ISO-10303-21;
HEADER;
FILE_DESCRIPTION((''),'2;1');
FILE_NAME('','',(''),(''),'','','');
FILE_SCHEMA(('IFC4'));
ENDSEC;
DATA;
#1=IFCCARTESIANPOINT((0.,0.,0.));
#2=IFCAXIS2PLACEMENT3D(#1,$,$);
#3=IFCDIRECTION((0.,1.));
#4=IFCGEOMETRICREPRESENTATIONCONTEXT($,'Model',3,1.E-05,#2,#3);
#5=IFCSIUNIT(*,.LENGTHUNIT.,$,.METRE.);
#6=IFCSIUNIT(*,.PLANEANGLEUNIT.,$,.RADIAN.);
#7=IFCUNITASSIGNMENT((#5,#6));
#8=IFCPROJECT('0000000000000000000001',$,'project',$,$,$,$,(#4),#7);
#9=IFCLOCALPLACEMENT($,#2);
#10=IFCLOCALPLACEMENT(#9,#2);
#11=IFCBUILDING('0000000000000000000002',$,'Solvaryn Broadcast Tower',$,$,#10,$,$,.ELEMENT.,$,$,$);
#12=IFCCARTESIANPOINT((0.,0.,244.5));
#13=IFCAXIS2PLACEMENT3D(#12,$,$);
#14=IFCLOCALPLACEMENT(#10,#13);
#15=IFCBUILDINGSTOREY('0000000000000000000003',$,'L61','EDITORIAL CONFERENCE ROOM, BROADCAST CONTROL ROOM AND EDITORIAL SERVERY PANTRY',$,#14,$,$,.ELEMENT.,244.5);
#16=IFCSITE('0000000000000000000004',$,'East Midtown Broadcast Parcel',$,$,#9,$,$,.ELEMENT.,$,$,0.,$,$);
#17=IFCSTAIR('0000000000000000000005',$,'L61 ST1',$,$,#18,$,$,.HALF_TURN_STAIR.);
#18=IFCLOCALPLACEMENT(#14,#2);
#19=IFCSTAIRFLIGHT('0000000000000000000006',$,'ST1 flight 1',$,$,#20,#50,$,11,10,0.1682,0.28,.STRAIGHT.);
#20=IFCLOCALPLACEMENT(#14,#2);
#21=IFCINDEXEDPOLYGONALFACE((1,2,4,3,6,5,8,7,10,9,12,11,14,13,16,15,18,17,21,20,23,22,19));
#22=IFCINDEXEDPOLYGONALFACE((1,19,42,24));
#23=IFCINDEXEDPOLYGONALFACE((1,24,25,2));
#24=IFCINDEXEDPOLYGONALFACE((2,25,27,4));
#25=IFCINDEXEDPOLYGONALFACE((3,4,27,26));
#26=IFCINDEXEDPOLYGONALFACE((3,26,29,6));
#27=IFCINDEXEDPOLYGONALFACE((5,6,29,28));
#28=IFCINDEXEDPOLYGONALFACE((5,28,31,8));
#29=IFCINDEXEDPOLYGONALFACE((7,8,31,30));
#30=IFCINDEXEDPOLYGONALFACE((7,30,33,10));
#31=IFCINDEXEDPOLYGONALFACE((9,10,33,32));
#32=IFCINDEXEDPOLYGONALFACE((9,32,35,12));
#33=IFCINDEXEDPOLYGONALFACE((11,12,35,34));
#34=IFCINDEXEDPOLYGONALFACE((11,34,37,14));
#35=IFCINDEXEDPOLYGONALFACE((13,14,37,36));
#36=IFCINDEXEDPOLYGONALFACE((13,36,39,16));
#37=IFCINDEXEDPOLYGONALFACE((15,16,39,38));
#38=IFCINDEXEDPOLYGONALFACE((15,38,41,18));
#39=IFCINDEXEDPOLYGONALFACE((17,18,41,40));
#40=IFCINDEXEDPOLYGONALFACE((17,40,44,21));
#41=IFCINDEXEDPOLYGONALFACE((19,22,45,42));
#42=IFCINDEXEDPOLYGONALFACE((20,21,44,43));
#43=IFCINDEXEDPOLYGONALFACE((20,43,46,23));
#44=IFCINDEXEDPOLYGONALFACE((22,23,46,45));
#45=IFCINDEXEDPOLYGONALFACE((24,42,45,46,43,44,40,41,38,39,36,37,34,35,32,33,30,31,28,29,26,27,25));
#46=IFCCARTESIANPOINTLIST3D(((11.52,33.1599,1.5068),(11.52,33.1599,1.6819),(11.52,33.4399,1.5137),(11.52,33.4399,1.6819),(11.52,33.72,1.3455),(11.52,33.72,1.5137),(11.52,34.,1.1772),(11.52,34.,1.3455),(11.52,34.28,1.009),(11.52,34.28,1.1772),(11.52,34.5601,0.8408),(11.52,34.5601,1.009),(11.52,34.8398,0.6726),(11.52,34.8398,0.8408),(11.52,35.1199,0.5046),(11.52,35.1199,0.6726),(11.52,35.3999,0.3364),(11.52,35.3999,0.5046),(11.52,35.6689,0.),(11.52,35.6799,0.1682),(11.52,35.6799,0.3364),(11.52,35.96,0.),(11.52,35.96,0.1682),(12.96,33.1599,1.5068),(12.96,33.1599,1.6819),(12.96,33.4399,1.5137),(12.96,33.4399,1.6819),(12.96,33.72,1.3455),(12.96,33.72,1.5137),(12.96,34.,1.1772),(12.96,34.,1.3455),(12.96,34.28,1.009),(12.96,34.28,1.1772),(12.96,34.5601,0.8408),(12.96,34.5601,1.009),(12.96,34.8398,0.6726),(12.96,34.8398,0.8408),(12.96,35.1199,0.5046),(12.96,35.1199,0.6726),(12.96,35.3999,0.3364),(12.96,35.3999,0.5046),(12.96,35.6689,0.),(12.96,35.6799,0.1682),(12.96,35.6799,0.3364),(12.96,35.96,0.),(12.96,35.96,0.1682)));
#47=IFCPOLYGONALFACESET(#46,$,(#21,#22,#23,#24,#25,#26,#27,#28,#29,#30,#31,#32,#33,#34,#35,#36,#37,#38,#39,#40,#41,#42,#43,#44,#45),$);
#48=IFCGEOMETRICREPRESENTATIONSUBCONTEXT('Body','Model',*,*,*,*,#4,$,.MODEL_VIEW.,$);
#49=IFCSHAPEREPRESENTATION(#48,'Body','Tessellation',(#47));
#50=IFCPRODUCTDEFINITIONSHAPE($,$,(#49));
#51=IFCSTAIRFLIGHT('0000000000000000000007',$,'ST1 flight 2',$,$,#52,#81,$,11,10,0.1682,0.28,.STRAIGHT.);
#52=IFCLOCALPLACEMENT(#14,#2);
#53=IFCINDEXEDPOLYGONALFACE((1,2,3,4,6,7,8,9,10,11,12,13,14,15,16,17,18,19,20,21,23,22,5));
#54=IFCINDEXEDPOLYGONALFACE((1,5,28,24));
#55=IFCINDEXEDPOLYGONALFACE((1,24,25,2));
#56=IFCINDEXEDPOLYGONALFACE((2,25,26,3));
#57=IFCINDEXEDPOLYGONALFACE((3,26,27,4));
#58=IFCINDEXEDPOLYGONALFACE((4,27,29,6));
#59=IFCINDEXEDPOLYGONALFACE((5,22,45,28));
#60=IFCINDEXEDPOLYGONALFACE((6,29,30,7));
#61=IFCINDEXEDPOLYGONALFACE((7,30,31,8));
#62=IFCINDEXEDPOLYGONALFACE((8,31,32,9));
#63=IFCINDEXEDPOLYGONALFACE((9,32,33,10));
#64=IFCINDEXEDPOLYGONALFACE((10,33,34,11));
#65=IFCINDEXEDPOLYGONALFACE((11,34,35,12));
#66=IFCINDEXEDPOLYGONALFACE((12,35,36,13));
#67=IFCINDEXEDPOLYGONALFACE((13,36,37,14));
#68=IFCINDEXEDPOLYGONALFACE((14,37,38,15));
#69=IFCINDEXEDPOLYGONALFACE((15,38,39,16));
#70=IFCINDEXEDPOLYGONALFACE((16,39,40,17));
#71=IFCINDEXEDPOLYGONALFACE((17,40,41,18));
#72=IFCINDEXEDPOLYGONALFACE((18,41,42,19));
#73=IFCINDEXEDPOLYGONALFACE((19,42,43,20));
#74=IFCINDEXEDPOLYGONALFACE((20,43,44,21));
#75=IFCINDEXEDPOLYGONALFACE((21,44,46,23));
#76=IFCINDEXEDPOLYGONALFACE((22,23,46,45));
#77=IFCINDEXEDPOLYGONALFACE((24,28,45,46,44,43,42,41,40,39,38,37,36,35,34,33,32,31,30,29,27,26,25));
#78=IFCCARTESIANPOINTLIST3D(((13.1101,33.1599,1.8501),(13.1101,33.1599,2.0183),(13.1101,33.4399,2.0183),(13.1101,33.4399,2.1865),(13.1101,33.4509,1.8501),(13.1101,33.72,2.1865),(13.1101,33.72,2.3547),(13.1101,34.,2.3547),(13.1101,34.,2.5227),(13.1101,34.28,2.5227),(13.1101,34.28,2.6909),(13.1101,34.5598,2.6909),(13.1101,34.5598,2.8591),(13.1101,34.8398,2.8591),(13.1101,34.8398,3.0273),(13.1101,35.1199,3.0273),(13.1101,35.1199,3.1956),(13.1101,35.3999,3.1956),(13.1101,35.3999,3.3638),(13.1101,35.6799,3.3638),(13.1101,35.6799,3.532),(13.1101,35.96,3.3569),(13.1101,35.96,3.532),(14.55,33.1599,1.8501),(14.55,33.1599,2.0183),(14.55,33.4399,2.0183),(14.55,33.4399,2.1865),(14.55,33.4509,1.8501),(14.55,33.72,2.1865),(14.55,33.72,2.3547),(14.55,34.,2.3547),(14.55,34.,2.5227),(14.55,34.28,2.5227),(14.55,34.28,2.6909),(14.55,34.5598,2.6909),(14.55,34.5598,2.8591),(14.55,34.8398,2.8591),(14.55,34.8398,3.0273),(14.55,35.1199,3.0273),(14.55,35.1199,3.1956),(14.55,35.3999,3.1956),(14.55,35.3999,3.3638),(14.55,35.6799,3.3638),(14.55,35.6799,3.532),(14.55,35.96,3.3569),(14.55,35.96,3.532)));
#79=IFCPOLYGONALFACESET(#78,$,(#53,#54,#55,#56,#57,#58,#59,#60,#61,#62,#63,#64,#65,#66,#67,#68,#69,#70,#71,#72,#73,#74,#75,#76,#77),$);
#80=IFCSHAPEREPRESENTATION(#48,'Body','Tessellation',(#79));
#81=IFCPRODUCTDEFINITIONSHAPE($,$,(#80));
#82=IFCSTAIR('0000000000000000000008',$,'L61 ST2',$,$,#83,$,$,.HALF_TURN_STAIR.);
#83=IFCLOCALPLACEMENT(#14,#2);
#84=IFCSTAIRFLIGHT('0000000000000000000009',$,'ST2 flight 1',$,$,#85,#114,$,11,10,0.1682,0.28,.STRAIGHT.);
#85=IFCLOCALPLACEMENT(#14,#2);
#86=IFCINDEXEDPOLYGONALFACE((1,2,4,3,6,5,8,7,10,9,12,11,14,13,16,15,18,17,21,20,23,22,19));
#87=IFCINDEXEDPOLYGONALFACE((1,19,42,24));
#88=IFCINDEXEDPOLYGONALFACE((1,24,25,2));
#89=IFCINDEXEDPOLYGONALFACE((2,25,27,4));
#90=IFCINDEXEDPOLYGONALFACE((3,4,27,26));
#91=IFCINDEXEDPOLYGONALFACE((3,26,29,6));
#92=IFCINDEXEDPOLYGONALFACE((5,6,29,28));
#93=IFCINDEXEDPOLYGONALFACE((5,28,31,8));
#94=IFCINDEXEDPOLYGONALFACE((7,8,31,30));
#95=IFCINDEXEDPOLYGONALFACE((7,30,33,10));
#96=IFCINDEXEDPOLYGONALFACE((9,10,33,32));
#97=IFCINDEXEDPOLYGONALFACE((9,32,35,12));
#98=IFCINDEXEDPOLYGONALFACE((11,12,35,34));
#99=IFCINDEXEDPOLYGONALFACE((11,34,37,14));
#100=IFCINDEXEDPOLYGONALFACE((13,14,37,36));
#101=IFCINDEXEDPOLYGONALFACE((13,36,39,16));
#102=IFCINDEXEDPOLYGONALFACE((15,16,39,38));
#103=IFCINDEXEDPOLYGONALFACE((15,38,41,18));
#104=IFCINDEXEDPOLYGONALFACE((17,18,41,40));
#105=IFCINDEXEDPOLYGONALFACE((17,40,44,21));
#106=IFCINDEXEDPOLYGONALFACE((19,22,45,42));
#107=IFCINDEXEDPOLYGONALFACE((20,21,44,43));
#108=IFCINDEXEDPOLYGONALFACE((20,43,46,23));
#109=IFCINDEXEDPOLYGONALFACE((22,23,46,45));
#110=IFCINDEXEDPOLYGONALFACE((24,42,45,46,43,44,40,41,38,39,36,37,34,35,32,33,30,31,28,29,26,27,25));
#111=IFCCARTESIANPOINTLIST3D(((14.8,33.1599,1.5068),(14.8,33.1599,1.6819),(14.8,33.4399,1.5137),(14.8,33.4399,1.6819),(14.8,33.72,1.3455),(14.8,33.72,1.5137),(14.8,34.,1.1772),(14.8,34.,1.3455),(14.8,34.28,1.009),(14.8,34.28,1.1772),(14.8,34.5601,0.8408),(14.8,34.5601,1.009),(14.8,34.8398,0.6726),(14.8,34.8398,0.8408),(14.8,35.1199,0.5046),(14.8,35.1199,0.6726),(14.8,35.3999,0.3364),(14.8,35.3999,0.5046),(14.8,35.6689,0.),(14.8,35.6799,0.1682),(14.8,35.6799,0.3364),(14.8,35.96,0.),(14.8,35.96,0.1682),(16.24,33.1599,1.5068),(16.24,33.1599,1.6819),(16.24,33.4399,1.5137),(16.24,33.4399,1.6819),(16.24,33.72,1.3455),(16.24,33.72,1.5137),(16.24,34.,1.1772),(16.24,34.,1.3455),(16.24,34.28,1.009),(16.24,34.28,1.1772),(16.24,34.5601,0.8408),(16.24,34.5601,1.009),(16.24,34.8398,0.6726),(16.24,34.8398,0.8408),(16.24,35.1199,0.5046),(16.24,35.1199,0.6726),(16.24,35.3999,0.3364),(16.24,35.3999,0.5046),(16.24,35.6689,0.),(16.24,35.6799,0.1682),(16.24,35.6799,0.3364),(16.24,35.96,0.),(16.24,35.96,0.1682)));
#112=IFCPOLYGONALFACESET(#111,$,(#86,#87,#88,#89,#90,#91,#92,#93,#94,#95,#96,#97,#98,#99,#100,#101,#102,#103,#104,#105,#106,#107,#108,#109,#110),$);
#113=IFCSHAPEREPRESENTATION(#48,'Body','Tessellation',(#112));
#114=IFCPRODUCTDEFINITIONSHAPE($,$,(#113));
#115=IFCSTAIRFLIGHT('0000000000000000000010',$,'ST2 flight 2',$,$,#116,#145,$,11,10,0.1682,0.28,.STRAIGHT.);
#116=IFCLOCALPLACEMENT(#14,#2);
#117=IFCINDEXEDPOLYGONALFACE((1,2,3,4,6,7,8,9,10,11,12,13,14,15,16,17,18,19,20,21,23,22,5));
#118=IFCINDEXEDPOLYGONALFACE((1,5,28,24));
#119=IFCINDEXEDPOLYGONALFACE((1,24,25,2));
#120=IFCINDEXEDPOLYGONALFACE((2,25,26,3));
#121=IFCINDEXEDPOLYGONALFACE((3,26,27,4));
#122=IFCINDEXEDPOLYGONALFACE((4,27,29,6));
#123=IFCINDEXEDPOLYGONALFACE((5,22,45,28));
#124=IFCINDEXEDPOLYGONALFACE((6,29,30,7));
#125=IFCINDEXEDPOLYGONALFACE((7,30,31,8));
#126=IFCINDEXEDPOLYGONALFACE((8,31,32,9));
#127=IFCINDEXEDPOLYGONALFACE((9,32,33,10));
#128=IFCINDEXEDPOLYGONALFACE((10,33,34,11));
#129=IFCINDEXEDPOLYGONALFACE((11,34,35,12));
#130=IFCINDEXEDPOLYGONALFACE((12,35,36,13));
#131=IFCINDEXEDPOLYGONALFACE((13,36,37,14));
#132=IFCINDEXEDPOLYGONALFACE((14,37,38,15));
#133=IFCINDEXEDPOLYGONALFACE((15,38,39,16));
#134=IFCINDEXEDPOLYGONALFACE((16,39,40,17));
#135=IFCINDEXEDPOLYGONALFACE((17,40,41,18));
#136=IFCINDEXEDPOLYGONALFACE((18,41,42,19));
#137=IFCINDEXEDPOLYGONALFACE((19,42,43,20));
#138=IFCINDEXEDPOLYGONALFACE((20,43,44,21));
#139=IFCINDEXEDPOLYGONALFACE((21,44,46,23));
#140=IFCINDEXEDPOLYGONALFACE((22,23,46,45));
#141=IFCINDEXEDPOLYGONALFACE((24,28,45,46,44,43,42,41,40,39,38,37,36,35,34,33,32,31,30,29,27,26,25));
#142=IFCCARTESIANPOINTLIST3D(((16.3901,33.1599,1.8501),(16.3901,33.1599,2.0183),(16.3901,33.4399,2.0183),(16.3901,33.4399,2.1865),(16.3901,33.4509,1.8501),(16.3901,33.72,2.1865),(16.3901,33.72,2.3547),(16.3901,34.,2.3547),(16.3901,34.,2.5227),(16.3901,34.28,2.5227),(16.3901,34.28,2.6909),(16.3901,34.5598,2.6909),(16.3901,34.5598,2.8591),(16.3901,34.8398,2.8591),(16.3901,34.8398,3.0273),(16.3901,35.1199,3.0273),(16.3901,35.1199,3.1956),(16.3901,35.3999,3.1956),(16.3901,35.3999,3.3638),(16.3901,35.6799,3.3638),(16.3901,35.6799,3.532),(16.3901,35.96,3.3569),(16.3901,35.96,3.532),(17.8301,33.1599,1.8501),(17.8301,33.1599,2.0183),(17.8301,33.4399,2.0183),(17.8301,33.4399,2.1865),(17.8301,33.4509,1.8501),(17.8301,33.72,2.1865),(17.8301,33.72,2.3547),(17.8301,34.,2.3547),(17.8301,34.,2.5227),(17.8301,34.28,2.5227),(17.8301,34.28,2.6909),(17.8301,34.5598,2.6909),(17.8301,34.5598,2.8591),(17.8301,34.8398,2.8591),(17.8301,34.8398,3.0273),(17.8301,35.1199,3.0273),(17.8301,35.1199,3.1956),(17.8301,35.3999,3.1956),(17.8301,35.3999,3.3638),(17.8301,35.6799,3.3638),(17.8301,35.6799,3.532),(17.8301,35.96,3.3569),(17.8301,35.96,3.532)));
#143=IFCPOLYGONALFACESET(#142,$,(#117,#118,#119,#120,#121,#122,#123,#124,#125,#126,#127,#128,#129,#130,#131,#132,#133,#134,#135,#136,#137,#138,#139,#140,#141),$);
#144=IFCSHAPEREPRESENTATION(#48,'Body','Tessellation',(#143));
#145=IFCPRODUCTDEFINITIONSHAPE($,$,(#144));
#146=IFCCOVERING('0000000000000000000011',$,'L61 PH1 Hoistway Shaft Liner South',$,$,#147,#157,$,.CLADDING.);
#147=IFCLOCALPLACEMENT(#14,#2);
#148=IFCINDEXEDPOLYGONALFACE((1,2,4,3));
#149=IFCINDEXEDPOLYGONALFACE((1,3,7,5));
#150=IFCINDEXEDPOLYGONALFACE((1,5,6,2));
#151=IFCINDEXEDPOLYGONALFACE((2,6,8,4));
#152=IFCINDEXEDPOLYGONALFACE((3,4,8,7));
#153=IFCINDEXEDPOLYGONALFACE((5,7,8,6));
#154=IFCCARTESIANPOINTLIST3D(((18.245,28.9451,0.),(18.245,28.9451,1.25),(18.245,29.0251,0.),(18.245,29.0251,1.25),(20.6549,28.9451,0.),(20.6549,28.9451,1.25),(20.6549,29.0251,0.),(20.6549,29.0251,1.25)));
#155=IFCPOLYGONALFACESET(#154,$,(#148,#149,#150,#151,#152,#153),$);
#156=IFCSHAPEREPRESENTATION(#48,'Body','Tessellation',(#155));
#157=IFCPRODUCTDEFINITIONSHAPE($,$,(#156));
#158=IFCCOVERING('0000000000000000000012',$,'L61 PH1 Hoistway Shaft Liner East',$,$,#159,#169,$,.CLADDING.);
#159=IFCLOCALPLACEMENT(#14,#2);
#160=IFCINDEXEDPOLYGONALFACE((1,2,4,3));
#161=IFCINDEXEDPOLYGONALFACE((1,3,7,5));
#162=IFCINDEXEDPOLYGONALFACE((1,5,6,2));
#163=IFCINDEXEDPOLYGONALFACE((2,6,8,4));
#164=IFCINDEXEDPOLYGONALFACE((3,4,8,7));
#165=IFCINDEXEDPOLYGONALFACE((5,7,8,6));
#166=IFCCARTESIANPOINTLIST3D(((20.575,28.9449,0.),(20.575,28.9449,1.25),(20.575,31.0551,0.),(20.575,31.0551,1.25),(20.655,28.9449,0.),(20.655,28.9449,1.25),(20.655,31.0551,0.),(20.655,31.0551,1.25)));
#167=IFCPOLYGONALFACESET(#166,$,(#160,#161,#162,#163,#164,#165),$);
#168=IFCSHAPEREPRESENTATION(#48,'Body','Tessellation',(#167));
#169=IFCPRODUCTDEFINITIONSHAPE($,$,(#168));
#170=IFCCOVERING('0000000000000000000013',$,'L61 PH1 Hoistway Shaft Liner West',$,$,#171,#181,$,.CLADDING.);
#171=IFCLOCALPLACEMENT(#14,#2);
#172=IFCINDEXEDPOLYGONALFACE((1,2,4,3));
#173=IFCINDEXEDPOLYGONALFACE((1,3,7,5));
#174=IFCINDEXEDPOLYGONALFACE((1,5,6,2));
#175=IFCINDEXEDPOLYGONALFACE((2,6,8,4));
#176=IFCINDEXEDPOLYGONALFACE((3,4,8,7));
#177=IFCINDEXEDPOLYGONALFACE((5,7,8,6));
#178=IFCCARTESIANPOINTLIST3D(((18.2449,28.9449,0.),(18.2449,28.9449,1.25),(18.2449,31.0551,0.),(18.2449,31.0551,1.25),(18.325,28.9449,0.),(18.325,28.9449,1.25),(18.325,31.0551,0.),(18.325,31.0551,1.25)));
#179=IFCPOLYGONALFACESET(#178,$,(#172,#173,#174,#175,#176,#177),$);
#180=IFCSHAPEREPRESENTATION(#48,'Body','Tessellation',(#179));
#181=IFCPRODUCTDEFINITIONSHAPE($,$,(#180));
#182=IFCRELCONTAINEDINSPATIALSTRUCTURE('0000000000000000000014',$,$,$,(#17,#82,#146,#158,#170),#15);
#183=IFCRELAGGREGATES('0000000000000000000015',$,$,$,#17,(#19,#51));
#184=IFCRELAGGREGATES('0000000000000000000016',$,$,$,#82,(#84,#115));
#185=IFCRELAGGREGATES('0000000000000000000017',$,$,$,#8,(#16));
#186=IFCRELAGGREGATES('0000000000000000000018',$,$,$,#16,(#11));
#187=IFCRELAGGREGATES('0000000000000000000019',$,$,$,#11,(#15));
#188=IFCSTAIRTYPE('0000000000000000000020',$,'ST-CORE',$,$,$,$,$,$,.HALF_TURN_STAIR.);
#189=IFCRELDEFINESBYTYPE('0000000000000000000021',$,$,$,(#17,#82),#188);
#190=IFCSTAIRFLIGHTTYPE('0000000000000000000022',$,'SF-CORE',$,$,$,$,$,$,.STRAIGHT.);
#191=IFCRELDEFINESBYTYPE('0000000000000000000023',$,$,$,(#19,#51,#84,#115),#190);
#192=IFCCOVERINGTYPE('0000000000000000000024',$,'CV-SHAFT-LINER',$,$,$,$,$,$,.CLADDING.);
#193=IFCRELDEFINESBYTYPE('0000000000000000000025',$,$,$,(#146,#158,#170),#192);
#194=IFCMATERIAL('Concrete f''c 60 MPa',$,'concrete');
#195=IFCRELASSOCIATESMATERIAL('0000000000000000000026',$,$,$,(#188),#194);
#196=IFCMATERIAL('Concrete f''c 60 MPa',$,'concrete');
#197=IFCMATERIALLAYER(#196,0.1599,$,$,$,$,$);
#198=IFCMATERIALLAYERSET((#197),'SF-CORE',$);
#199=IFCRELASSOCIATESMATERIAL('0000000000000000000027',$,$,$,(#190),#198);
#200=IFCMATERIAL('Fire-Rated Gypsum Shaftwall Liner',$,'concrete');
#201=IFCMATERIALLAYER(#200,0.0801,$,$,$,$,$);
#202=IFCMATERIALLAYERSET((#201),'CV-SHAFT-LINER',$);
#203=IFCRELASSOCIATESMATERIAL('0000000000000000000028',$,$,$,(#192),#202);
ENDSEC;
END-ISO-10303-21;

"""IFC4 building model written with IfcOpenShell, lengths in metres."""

from ifc_helpers import new_model, si_unit, direction, frame, origin, origin_2d, place, context, subcontext, project, spatial, polyline, rectangle, outline, extrude, material, layer, layer_set, type_object, element, aggregate, save


model = new_model("IFC4")

# Units and contexts
model_context = context("Model", 3, precision=1e-05, world=origin(), true_north=direction((0.0, 1.0)))
body_context = subcontext(model_context, "Body", "Model", "MODEL_VIEW")
ifc_project = project(units=[si_unit("LENGTHUNIT", "METRE"), si_unit("PLANEANGLEUNIT", "RADIAN")], contexts=[model_context])

# Site, building, storey
site_placement = place(None, origin())
site = spatial("IfcSite", under=ifc_project, at=site_placement, Name="East Midtown Broadcast Parcel", CompositionType="ELEMENT", RefElevation=0.0)
building_placement = place(site_placement, origin())
building = spatial("IfcBuilding", under=site, at=building_placement, Name="Solvaryn Broadcast Tower", CompositionType="ELEMENT")
storey_placement = place(building_placement, frame((0.0, 0.0, 244.5)))
storey = spatial("IfcBuildingStorey", under=building, at=storey_placement, Name="L61", Description="EDITORIAL CONFERENCE ROOM, BROADCAST CONTROL ROOM AND EDITORIAL SERVERY PANTRY", CompositionType="ELEMENT", Elevation=244.5)

# Stairs, stair flights
ifc_material_1 = material(Name="Concrete f'c 60 MPa", Category="concrete")
stair_type = type_object("IfcStairType", Name="ST-CORE", PredefinedType="HALF_TURN_STAIR", material=ifc_material_1)
stair_1_placement = place(storey_placement, origin())
stair_1 = element("IfcStair", 1, at=stair_1_placement, inside=storey, type_object=stair_type, Name="L61 ST1", PredefinedType="HALF_TURN_STAIR")
ifc_material_2 = material(Name="Concrete f'c 60 MPa", Category="concrete")
ifc_layer_1 = layer(ifc_material_2, 0.1599)
ifc_layer_set_1 = layer_set([ifc_layer_1], Name="SF-CORE")
stair_flight_type = type_object("IfcStairFlightType", Name="SF-CORE", PredefinedType="STRAIGHT", material=ifc_layer_set_1)
stair_flight_1_placement = place(storey_placement, frame((12.24, 35.96, 0.0), z_axis=(0.0, 0.0, 1.0), x_axis=(0.0, -1.0, 0.0)))
stair_flight_1 = element("IfcStairFlight", 2, at=stair_flight_1_placement, type_object=stair_flight_type, Name="ST1 flight 1", NumberOfRisers=11, NumberOfTreads=10, PredefinedType="STRAIGHT", RiserHeight=0.1682, TreadLength=0.28, context=body_context, shape_type="SweptSolid", body=[
    extrude(outline(polyline([(0.0, 0.0), (0.0, 0.1682), (0.28, 0.1682), (0.28, 0.3364), (0.5601, 0.3364), (0.5601, 0.5046), (0.8401, 0.5046), (0.8401, 0.6726), (1.1201, 0.6726), (1.1201, 0.8408), (1.3999, 0.8408), (1.3999, 1.009), (1.6799, 1.009), (1.6799, 1.1772), (1.96, 1.1772), (1.96, 1.3455), (2.24, 1.3455), (2.24, 1.5137), (2.52, 1.5137), (2.52, 1.6819), (2.8, 1.6819), (2.8, 1.8501), (2.8, 1.5068), (0.291, 0.0), (0.0, 0.0)])), frame((0.0, 0.72, 0.0), z_axis=(0.0, -1.0, 0.0), x_axis=(1.0, 0.0, 0.0)), (0.0, 0.0, 1.0), 1.4399),
])
stair_flight_2_placement = place(storey_placement, frame((13.8301, 33.1599, 1.8501), z_axis=(0.0, 0.0, 1.0), x_axis=(0.0, 1.0, 0.0)))
stair_flight_2 = element("IfcStairFlight", 3, at=stair_flight_2_placement, type_object=stair_flight_type, Name="ST1 flight 2", NumberOfRisers=11, NumberOfTreads=10, PredefinedType="STRAIGHT", RiserHeight=0.1682, TreadLength=0.28, context=body_context, shape_type="SweptSolid", body=[
    extrude(outline(polyline([(0.0, 0.0), (0.0, 0.1682), (0.28, 0.1682), (0.28, 0.3364), (0.5601, 0.3364), (0.5601, 0.5046), (0.8401, 0.5046), (0.8401, 0.6726), (1.1201, 0.6726), (1.1201, 0.8408), (1.3999, 0.8408), (1.3999, 1.009), (1.6799, 1.009), (1.6799, 1.1772), (1.96, 1.1772), (1.96, 1.3455), (2.24, 1.3455), (2.24, 1.5137), (2.52, 1.5137), (2.52, 1.6819), (2.8, 1.6819), (2.8, 1.8501), (2.8, 1.5068), (0.291, 0.0), (0.0, 0.0)])), frame((0.0, 0.72, 0.0), z_axis=(0.0, -1.0, 0.0), x_axis=(1.0, 0.0, 0.0)), (0.0, 0.0, 1.0), 1.4399),
])
aggregate(stair_1, [stair_flight_1, stair_flight_2])
stair_2_placement = place(storey_placement, origin())
stair_2 = element("IfcStair", 4, at=stair_2_placement, inside=storey, type_object=stair_type, Name="L61 ST2", PredefinedType="HALF_TURN_STAIR")
stair_flight_3_placement = place(storey_placement, frame((15.52, 35.96, 0.0), z_axis=(0.0, 0.0, 1.0), x_axis=(0.0, -1.0, 0.0)))
stair_flight_3 = element("IfcStairFlight", 5, at=stair_flight_3_placement, type_object=stair_flight_type, Name="ST2 flight 1", NumberOfRisers=11, NumberOfTreads=10, PredefinedType="STRAIGHT", RiserHeight=0.1682, TreadLength=0.28, context=body_context, shape_type="SweptSolid", body=[
    extrude(outline(polyline([(0.0, 0.0), (0.0, 0.1682), (0.28, 0.1682), (0.28, 0.3364), (0.5601, 0.3364), (0.5601, 0.5046), (0.8401, 0.5046), (0.8401, 0.6726), (1.1201, 0.6726), (1.1201, 0.8408), (1.3999, 0.8408), (1.3999, 1.009), (1.6799, 1.009), (1.6799, 1.1772), (1.96, 1.1772), (1.96, 1.3455), (2.24, 1.3455), (2.24, 1.5137), (2.52, 1.5137), (2.52, 1.6819), (2.8, 1.6819), (2.8, 1.8501), (2.8, 1.5068), (0.291, 0.0), (0.0, 0.0)])), frame((0.0, 0.72, 0.0), z_axis=(0.0, -1.0, 0.0), x_axis=(1.0, 0.0, 0.0)), (0.0, 0.0, 1.0), 1.4399),
])
stair_flight_4_placement = place(storey_placement, frame((17.1101, 33.1599, 1.8501), z_axis=(0.0, 0.0, 1.0), x_axis=(0.0, 1.0, 0.0)))
stair_flight_4 = element("IfcStairFlight", 6, at=stair_flight_4_placement, type_object=stair_flight_type, Name="ST2 flight 2", NumberOfRisers=11, NumberOfTreads=10, PredefinedType="STRAIGHT", RiserHeight=0.1682, TreadLength=0.28, context=body_context, shape_type="SweptSolid", body=[
    extrude(outline(polyline([(0.0, 0.0), (0.0, 0.1682), (0.28, 0.1682), (0.28, 0.3364), (0.5601, 0.3364), (0.5601, 0.5046), (0.8401, 0.5046), (0.8401, 0.6726), (1.1201, 0.6726), (1.1201, 0.8408), (1.3999, 0.8408), (1.3999, 1.009), (1.6799, 1.009), (1.6799, 1.1772), (1.96, 1.1772), (1.96, 1.3455), (2.24, 1.3455), (2.24, 1.5137), (2.52, 1.5137), (2.52, 1.6819), (2.8, 1.6819), (2.8, 1.8501), (2.8, 1.5068), (0.291, 0.0), (0.0, 0.0)])), frame((0.0, 0.72, 0.0), z_axis=(0.0, -1.0, 0.0), x_axis=(1.0, 0.0, 0.0)), (0.0, 0.0, 1.0), 1.4399),
])
aggregate(stair_2, [stair_flight_3, stair_flight_4])

# Coverings
ifc_material_3 = material(Name="Fire-Rated Gypsum Shaftwall Liner", Category="concrete")
ifc_layer_2 = layer(ifc_material_3, 0.0801)
ifc_layer_set_2 = layer_set([ifc_layer_2], Name="CV-SHAFT-LINER")
covering_type_1 = type_object("IfcCoveringType", Name="CV-SHAFT-LINER", PredefinedType="CLADDING", material=ifc_layer_set_2)
covering_placement = place(storey_placement, frame((19.45, 28.9851, 0.0), z_axis=(0.0, 0.0, 1.0), x_axis=(1.0, 0.0, 0.0)))
element("IfcCovering", 7, at=covering_placement, inside=storey, type_object=covering_type_1, Name="L61 PH1 Hoistway Shaft Liner South", PredefinedType="CLADDING", context=body_context, shape_type="SweptSolid", body=[
    extrude(rectangle(XDim=2.4099, YDim=0.0801, at=origin_2d()), origin(), (0.0, 0.0, 1.0), 1.25),
])
for number, where, z_axis, x_axis, name in (
    (8, (20.615, 30.0, 0.0), (0.0, 0.0, 1.0), (1.0, 0.0, 0.0), "L61 PH1 Hoistway Shaft Liner East"),
    (9, (18.2849, 30.0, 0.0), (0.0, 0.0, 1.0), (1.0, 0.0, 0.0), "L61 PH1 Hoistway Shaft Liner West"),
):
    element("IfcCovering", number, at=place(storey_placement, frame(where, z_axis=z_axis, x_axis=x_axis)), inside=storey, type_object=covering_type_1, Name=name, PredefinedType="CLADDING", context=body_context, shape_type="SweptSolid", body=[
        extrude(rectangle(XDim=0.0801, YDim=2.1101, at=origin_2d()), origin(), (0.0, 0.0, 1.0), 1.25),
    ])

save(model, "model.ifc")
